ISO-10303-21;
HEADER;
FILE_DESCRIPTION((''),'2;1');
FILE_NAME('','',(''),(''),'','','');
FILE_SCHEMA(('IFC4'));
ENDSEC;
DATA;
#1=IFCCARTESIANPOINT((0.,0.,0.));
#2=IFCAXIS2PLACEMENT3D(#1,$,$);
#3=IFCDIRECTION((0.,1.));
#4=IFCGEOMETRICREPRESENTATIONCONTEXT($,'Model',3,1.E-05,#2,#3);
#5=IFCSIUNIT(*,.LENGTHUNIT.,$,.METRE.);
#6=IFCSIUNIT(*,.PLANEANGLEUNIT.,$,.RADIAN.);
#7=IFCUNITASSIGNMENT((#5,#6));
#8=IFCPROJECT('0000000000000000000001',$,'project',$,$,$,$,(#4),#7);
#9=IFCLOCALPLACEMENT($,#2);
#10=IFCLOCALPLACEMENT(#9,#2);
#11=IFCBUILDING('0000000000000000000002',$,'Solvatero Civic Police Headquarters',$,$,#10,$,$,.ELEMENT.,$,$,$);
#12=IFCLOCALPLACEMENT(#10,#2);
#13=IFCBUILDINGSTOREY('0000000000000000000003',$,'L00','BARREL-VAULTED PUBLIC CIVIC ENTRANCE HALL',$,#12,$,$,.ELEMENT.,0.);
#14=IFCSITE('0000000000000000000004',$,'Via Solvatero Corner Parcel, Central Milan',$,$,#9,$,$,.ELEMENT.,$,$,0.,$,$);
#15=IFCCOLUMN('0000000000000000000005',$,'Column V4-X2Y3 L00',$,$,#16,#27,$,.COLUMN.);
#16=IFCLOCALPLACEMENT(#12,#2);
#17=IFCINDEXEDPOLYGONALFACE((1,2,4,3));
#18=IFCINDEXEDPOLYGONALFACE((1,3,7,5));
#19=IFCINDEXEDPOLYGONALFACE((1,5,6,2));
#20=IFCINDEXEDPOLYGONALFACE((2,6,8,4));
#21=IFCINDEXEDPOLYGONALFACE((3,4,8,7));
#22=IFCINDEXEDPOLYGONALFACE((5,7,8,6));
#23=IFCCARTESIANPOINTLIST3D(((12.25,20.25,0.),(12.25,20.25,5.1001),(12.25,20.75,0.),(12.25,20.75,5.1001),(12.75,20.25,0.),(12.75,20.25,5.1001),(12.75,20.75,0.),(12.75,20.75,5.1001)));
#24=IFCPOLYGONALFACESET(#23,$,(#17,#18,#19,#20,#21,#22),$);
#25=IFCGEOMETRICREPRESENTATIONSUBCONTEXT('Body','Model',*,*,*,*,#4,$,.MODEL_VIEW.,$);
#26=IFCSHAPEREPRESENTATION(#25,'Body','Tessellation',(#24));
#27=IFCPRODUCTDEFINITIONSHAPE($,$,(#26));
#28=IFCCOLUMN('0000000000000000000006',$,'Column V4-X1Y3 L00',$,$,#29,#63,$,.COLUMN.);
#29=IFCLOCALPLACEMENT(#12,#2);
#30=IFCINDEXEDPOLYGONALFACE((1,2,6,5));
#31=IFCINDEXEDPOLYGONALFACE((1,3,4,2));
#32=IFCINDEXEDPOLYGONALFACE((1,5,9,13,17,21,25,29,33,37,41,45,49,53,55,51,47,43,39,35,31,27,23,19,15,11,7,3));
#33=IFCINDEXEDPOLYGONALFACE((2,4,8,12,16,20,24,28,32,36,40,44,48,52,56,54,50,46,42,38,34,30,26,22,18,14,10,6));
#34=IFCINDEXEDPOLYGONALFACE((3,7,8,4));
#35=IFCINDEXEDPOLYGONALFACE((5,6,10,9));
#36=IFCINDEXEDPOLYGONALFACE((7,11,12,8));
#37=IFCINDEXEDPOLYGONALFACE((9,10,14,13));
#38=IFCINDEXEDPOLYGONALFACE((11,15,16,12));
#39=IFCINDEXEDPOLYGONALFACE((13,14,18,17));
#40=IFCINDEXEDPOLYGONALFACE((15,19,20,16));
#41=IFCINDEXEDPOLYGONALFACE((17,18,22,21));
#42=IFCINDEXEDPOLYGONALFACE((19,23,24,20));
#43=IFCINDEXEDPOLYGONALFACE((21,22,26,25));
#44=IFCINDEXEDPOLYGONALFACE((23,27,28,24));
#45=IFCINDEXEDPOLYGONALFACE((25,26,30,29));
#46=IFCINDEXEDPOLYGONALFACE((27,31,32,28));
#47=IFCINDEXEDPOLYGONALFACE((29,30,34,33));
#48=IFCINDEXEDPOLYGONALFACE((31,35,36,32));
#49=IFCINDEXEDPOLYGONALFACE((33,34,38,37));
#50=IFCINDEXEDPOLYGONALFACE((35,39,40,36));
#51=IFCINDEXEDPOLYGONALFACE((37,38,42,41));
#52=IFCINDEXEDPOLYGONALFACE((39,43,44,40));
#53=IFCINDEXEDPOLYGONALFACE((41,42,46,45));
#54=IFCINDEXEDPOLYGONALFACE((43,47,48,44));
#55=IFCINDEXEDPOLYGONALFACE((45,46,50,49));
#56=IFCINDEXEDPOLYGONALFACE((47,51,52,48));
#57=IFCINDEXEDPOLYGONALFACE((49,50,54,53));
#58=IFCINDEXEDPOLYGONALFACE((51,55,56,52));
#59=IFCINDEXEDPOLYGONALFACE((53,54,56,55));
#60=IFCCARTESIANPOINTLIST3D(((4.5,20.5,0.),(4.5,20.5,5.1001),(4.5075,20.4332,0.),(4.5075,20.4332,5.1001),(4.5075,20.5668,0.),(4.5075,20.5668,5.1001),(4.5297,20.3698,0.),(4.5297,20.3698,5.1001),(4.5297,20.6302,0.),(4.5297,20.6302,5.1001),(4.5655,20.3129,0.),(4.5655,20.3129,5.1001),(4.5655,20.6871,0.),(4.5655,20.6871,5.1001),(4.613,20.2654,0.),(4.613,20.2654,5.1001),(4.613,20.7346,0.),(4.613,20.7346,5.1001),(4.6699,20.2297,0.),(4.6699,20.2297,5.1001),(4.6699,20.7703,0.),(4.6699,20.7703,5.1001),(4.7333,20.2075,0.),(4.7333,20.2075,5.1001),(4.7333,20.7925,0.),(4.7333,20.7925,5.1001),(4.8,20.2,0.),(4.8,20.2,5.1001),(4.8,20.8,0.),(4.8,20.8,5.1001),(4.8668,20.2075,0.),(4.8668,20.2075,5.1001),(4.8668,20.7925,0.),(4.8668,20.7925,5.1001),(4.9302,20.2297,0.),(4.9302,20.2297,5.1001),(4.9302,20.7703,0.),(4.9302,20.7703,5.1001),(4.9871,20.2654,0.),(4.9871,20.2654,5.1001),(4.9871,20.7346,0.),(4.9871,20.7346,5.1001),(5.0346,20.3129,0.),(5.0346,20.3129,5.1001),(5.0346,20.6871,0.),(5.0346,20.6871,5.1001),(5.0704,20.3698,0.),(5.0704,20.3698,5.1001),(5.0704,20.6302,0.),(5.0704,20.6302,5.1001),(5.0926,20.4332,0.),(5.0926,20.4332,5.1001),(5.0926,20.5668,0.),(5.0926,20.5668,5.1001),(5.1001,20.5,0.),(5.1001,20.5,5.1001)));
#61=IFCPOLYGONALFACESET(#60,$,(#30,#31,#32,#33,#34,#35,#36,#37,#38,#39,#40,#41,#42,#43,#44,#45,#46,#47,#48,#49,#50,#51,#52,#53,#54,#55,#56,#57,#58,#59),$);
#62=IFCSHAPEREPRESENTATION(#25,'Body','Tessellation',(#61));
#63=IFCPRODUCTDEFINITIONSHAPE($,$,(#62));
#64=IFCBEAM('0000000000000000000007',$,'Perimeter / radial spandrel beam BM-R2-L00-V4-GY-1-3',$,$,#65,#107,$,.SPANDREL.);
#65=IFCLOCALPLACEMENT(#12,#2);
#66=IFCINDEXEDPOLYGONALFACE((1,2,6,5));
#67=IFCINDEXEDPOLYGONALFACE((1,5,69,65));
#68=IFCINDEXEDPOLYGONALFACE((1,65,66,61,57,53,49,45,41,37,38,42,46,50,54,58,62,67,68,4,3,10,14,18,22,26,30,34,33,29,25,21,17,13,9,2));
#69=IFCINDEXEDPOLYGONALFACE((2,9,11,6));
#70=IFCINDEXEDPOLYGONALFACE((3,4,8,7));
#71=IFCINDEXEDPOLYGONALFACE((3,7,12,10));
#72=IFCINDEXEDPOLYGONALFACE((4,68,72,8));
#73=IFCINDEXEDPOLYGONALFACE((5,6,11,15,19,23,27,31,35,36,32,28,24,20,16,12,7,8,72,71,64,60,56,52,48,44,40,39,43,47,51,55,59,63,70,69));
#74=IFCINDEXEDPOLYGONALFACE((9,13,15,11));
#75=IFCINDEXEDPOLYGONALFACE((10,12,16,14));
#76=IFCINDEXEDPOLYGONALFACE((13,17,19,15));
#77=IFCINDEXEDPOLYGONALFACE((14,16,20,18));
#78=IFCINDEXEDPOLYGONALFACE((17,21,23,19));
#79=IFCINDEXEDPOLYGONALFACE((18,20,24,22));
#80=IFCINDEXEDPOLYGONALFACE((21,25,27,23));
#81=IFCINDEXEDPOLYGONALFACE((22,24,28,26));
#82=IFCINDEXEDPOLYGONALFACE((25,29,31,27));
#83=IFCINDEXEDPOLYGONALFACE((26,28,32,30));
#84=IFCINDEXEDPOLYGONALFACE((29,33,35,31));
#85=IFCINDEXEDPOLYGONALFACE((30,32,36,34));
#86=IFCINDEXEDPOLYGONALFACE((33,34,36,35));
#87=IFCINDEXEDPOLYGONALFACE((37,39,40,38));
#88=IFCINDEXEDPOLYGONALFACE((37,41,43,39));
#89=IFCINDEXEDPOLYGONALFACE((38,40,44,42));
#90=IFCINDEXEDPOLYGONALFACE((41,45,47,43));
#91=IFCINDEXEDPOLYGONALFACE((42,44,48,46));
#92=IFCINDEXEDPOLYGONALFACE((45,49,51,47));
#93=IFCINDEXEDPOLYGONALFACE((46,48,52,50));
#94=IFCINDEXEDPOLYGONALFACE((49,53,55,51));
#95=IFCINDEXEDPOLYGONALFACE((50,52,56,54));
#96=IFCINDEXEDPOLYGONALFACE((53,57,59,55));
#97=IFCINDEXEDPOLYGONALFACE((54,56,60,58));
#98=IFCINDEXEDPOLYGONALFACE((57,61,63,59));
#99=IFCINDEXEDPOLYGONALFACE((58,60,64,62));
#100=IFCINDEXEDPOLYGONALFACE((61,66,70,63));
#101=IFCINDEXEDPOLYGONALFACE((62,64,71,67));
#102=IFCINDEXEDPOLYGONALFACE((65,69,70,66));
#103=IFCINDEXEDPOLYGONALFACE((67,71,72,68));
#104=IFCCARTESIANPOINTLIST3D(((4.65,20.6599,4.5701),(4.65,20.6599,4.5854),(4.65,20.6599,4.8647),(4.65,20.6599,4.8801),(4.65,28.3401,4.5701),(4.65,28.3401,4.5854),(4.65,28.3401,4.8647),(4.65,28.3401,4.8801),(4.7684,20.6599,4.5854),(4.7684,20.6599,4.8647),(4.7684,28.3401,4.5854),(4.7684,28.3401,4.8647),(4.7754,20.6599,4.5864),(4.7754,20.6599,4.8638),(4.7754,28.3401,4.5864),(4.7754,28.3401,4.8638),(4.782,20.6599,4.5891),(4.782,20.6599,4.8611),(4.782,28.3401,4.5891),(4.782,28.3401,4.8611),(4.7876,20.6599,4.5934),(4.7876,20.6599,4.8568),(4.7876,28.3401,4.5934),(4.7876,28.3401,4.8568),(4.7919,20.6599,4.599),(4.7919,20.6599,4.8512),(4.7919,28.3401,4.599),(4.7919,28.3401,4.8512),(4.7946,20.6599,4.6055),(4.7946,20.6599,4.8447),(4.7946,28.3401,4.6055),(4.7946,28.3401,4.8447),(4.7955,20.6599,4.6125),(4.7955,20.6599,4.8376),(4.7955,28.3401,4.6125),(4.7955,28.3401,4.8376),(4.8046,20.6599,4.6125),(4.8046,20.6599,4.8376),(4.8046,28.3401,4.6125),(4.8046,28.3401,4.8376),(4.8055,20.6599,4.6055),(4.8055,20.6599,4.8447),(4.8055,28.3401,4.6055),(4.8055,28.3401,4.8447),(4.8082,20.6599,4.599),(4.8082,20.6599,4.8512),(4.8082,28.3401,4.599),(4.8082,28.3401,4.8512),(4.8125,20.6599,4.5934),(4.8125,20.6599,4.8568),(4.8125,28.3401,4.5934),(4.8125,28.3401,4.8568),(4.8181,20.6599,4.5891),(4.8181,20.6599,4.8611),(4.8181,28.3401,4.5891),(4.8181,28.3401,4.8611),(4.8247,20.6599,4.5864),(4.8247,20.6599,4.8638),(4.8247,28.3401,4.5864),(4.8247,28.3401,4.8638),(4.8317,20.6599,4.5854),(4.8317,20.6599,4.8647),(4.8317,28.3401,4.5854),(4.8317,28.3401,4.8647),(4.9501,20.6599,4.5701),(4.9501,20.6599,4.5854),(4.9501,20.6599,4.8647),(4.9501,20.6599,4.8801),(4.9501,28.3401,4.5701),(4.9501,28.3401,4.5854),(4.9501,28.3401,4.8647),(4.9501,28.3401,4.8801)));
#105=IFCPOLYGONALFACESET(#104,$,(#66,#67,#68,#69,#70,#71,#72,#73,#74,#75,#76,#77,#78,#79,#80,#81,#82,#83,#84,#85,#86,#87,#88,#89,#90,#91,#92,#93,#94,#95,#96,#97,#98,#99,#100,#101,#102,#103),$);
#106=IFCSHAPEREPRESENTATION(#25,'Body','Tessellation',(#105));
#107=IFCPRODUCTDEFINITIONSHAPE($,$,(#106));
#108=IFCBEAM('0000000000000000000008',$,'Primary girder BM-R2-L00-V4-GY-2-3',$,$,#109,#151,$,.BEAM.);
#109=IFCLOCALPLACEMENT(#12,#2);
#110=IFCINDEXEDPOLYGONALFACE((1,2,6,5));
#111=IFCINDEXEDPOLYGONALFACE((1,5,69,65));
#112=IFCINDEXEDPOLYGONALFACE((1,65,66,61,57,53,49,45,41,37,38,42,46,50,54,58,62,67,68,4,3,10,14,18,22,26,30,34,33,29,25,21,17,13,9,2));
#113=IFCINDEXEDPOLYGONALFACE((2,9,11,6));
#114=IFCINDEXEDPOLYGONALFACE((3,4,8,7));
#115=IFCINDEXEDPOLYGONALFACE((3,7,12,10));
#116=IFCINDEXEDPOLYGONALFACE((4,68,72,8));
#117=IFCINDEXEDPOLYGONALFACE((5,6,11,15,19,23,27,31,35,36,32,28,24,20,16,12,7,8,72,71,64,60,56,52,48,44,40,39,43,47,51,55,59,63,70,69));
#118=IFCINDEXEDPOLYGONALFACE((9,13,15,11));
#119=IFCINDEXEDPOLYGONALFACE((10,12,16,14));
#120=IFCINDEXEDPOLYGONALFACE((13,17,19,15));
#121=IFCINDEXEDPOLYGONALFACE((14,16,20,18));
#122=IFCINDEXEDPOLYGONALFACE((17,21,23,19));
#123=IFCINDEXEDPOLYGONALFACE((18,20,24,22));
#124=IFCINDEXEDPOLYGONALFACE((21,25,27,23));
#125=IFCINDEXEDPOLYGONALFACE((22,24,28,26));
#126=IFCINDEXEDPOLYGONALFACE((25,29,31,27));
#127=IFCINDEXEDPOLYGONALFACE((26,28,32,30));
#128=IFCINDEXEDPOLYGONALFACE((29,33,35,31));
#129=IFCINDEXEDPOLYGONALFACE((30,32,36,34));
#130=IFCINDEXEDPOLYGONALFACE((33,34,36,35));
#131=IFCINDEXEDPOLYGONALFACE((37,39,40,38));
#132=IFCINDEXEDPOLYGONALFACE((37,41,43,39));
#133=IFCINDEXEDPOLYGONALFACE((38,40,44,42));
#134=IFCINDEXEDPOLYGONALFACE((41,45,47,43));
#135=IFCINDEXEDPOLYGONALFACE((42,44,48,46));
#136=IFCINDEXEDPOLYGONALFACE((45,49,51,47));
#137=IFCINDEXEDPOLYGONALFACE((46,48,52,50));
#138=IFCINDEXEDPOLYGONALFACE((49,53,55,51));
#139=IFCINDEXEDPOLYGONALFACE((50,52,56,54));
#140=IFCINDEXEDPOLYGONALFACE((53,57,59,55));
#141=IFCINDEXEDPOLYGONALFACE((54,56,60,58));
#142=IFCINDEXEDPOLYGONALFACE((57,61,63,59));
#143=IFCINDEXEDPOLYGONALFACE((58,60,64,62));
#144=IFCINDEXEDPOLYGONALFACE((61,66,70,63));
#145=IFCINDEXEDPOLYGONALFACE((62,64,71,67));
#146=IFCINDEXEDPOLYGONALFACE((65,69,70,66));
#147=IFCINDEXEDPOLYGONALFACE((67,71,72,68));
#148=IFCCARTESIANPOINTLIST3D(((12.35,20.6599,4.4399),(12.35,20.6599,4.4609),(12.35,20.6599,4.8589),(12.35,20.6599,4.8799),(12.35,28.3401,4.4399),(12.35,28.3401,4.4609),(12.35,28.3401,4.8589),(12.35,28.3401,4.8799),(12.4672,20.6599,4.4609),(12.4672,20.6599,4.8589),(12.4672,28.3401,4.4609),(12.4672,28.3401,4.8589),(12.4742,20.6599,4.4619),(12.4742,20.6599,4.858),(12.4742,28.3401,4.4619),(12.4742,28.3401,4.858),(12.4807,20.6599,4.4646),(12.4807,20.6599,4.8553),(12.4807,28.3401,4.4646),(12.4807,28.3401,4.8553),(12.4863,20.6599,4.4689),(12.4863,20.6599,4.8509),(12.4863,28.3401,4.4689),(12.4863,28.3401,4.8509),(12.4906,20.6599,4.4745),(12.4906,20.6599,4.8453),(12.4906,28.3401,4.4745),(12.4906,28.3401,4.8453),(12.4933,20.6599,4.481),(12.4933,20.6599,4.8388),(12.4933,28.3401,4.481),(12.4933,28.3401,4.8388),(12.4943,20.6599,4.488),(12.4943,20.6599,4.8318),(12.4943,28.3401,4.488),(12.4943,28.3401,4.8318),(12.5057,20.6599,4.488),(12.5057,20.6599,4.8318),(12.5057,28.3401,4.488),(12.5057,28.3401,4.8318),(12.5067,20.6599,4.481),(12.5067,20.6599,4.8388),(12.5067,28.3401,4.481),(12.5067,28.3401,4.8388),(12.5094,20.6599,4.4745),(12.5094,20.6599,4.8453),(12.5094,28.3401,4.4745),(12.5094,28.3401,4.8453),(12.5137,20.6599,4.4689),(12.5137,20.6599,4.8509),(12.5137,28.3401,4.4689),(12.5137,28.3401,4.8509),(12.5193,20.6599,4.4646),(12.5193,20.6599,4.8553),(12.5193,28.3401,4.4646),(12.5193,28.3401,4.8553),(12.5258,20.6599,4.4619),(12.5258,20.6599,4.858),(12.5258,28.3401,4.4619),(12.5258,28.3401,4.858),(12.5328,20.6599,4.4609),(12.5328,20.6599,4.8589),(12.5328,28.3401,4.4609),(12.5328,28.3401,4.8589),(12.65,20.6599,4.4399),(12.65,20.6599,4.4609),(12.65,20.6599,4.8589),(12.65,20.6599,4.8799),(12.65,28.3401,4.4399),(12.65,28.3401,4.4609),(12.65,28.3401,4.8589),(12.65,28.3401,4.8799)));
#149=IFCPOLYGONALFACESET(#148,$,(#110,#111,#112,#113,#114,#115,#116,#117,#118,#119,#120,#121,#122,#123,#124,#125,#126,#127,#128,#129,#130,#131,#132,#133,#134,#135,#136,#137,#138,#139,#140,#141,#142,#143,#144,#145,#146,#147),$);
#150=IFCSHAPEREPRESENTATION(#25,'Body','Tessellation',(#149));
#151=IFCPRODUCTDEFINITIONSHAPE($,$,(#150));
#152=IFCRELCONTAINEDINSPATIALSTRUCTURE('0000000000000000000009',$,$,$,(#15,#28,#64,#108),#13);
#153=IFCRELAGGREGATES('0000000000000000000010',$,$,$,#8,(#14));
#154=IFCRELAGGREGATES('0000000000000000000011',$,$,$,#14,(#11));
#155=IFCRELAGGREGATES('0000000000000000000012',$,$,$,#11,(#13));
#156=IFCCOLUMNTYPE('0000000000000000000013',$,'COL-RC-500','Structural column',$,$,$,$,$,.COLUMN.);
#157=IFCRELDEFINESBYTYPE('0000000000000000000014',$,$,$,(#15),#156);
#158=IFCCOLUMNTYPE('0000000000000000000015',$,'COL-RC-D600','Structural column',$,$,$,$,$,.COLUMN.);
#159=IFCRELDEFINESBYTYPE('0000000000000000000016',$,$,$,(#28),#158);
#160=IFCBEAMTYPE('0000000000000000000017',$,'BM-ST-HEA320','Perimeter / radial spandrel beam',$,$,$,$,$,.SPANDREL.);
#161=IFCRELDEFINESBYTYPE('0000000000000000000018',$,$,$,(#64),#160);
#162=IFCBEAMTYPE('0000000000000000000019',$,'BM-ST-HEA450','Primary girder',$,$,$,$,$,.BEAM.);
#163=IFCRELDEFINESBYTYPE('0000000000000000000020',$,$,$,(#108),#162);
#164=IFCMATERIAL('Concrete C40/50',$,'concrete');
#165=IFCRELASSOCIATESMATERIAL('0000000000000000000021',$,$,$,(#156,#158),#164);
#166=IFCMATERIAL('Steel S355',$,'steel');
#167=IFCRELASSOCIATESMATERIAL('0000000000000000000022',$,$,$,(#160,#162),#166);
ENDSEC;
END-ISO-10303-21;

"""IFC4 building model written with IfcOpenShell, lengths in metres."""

from ifc_helpers import new_model, si_unit, direction, frame, origin, origin_2d, place, context, subcontext, project, spatial, rectangle, circle, i_section, extrude, material, material_profile, profile_set, type_object, element, save


model = new_model("IFC4")

# Units and contexts
model_context = context("Model", 3, precision=1e-05, world=origin(), true_north=direction((0.0, 1.0)))
body_context = subcontext(model_context, "Body", "Model", "MODEL_VIEW")
ifc_project = project(units=[si_unit("LENGTHUNIT", "METRE"), si_unit("PLANEANGLEUNIT", "RADIAN")], contexts=[model_context])

# Site, building, storey
site_placement = place(None, origin())
site = spatial("IfcSite", under=ifc_project, at=site_placement, Name="Via Solvatero Corner Parcel, Central Milan", CompositionType="ELEMENT", RefElevation=0.0)
building_placement = place(site_placement, origin())
building = spatial("IfcBuilding", under=site, at=building_placement, Name="Solvatero Civic Police Headquarters", CompositionType="ELEMENT")
storey_placement = place(building_placement, origin())
storey = spatial("IfcBuildingStorey", under=building, at=storey_placement, Name="L00", Description="BARREL-VAULTED PUBLIC CIVIC ENTRANCE HALL", CompositionType="ELEMENT", Elevation=0.0)

# Columns
ifc_material_1 = material(Name="Concrete C40/50", Category="concrete")
ifc_material_profile_1 = material_profile(ifc_material_1, rectangle(XDim=0.5, YDim=0.5, at=origin_2d()), Name="RC 500x500")
ifc_profile_set_1 = profile_set([ifc_material_profile_1], Name="Concrete C40/50")
column_type_1 = type_object("IfcColumnType", Name="COL-RC-500", Description="Structural column", PredefinedType="COLUMN", material=ifc_profile_set_1)
column_1_placement = place(storey_placement, frame((12.5, 20.5, 0.0), z_axis=(0.0, 0.0, 1.0), x_axis=(1.0, 0.0, 0.0)))
element("IfcColumn", 1, at=column_1_placement, inside=storey, type_object=column_type_1, Name="Column V4-X2Y3 L00", PredefinedType="COLUMN", context=body_context, shape_type="SweptSolid", body=[
    extrude(rectangle(XDim=0.5, YDim=0.5, at=origin_2d()), origin(), (0.0, 0.0, 1.0), 5.1001),
])
ifc_material_profile_2 = material_profile(ifc_material_1, circle(Radius=0.3, at=origin_2d()), Name="RC COL D600")
ifc_profile_set_2 = profile_set([ifc_material_profile_2], Name="Concrete C40/50")
column_type_2 = type_object("IfcColumnType", Name="COL-RC-D600", Description="Structural column", PredefinedType="COLUMN", material=ifc_profile_set_2)
column_2_placement = place(storey_placement, frame((4.8, 20.5, 0.0), z_axis=(0.0, 0.0, 1.0), x_axis=(1.0, 0.0, 0.0)))
element("IfcColumn", 2, at=column_2_placement, inside=storey, type_object=column_type_2, Name="Column V4-X1Y3 L00", PredefinedType="COLUMN", context=body_context, shape_type="SweptSolid", body=[
    extrude(circle(Radius=0.3, at=origin_2d()), origin(), (0.0, 0.0, 1.0), 5.1001),
])

# Beams
ifc_material_2 = material(Name="Steel S355", Category="steel")
ifc_material_profile_3 = material_profile(ifc_material_2, i_section(OverallWidth=0.3, OverallDepth=0.3101, WebThickness=0.009, FlangeThickness=0.0154, FilletRadius=0.0271, at=origin_2d()), Name="HEA 320")
ifc_profile_set_3 = profile_set([ifc_material_profile_3], Name="Steel S355")
beam_type_1 = type_object("IfcBeamType", Name="BM-ST-HEA320", Description="Perimeter / radial spandrel beam", PredefinedType="SPANDREL", material=ifc_profile_set_3)
beam_1_placement = place(storey_placement, frame((4.8, 20.6599, 4.7251), z_axis=(0.0, 1.0, 0.0), x_axis=(-1.0, 0.0, 0.0)))
element("IfcBeam", 3, at=beam_1_placement, inside=storey, type_object=beam_type_1, Name="Perimeter / radial spandrel beam BM-R2-L00-V4-GY-1-3", PredefinedType="SPANDREL", context=body_context, shape_type="SweptSolid", body=[
    extrude(i_section(OverallWidth=0.3, OverallDepth=0.3101, WebThickness=0.009, FlangeThickness=0.0154, FilletRadius=0.0271, at=origin_2d()), origin(), (0.0, 0.0, 1.0), 7.6802),
])
ifc_material_profile_4 = material_profile(ifc_material_2, i_section(OverallWidth=0.3, OverallDepth=0.4399, WebThickness=0.0115, FlangeThickness=0.021, FilletRadius=0.0271, at=origin_2d()), Name="HEA 450")
ifc_profile_set_4 = profile_set([ifc_material_profile_4], Name="Steel S355")
beam_type_2 = type_object("IfcBeamType", Name="BM-ST-HEA450", Description="Primary girder", PredefinedType="BEAM", material=ifc_profile_set_4)
beam_2_placement = place(storey_placement, frame((12.5, 20.6599, 4.6599), z_axis=(0.0, 1.0, 0.0), x_axis=(-1.0, 0.0, 0.0)))
element("IfcBeam", 4, at=beam_2_placement, inside=storey, type_object=beam_type_2, Name="Primary girder BM-R2-L00-V4-GY-2-3", PredefinedType="BEAM", context=body_context, shape_type="SweptSolid", body=[
    extrude(i_section(OverallWidth=0.3, OverallDepth=0.4399, WebThickness=0.0115, FlangeThickness=0.021, FilletRadius=0.0271, at=origin_2d()), origin(), (0.0, 0.0, 1.0), 7.6802),
])

save(model, "model.ifc")
